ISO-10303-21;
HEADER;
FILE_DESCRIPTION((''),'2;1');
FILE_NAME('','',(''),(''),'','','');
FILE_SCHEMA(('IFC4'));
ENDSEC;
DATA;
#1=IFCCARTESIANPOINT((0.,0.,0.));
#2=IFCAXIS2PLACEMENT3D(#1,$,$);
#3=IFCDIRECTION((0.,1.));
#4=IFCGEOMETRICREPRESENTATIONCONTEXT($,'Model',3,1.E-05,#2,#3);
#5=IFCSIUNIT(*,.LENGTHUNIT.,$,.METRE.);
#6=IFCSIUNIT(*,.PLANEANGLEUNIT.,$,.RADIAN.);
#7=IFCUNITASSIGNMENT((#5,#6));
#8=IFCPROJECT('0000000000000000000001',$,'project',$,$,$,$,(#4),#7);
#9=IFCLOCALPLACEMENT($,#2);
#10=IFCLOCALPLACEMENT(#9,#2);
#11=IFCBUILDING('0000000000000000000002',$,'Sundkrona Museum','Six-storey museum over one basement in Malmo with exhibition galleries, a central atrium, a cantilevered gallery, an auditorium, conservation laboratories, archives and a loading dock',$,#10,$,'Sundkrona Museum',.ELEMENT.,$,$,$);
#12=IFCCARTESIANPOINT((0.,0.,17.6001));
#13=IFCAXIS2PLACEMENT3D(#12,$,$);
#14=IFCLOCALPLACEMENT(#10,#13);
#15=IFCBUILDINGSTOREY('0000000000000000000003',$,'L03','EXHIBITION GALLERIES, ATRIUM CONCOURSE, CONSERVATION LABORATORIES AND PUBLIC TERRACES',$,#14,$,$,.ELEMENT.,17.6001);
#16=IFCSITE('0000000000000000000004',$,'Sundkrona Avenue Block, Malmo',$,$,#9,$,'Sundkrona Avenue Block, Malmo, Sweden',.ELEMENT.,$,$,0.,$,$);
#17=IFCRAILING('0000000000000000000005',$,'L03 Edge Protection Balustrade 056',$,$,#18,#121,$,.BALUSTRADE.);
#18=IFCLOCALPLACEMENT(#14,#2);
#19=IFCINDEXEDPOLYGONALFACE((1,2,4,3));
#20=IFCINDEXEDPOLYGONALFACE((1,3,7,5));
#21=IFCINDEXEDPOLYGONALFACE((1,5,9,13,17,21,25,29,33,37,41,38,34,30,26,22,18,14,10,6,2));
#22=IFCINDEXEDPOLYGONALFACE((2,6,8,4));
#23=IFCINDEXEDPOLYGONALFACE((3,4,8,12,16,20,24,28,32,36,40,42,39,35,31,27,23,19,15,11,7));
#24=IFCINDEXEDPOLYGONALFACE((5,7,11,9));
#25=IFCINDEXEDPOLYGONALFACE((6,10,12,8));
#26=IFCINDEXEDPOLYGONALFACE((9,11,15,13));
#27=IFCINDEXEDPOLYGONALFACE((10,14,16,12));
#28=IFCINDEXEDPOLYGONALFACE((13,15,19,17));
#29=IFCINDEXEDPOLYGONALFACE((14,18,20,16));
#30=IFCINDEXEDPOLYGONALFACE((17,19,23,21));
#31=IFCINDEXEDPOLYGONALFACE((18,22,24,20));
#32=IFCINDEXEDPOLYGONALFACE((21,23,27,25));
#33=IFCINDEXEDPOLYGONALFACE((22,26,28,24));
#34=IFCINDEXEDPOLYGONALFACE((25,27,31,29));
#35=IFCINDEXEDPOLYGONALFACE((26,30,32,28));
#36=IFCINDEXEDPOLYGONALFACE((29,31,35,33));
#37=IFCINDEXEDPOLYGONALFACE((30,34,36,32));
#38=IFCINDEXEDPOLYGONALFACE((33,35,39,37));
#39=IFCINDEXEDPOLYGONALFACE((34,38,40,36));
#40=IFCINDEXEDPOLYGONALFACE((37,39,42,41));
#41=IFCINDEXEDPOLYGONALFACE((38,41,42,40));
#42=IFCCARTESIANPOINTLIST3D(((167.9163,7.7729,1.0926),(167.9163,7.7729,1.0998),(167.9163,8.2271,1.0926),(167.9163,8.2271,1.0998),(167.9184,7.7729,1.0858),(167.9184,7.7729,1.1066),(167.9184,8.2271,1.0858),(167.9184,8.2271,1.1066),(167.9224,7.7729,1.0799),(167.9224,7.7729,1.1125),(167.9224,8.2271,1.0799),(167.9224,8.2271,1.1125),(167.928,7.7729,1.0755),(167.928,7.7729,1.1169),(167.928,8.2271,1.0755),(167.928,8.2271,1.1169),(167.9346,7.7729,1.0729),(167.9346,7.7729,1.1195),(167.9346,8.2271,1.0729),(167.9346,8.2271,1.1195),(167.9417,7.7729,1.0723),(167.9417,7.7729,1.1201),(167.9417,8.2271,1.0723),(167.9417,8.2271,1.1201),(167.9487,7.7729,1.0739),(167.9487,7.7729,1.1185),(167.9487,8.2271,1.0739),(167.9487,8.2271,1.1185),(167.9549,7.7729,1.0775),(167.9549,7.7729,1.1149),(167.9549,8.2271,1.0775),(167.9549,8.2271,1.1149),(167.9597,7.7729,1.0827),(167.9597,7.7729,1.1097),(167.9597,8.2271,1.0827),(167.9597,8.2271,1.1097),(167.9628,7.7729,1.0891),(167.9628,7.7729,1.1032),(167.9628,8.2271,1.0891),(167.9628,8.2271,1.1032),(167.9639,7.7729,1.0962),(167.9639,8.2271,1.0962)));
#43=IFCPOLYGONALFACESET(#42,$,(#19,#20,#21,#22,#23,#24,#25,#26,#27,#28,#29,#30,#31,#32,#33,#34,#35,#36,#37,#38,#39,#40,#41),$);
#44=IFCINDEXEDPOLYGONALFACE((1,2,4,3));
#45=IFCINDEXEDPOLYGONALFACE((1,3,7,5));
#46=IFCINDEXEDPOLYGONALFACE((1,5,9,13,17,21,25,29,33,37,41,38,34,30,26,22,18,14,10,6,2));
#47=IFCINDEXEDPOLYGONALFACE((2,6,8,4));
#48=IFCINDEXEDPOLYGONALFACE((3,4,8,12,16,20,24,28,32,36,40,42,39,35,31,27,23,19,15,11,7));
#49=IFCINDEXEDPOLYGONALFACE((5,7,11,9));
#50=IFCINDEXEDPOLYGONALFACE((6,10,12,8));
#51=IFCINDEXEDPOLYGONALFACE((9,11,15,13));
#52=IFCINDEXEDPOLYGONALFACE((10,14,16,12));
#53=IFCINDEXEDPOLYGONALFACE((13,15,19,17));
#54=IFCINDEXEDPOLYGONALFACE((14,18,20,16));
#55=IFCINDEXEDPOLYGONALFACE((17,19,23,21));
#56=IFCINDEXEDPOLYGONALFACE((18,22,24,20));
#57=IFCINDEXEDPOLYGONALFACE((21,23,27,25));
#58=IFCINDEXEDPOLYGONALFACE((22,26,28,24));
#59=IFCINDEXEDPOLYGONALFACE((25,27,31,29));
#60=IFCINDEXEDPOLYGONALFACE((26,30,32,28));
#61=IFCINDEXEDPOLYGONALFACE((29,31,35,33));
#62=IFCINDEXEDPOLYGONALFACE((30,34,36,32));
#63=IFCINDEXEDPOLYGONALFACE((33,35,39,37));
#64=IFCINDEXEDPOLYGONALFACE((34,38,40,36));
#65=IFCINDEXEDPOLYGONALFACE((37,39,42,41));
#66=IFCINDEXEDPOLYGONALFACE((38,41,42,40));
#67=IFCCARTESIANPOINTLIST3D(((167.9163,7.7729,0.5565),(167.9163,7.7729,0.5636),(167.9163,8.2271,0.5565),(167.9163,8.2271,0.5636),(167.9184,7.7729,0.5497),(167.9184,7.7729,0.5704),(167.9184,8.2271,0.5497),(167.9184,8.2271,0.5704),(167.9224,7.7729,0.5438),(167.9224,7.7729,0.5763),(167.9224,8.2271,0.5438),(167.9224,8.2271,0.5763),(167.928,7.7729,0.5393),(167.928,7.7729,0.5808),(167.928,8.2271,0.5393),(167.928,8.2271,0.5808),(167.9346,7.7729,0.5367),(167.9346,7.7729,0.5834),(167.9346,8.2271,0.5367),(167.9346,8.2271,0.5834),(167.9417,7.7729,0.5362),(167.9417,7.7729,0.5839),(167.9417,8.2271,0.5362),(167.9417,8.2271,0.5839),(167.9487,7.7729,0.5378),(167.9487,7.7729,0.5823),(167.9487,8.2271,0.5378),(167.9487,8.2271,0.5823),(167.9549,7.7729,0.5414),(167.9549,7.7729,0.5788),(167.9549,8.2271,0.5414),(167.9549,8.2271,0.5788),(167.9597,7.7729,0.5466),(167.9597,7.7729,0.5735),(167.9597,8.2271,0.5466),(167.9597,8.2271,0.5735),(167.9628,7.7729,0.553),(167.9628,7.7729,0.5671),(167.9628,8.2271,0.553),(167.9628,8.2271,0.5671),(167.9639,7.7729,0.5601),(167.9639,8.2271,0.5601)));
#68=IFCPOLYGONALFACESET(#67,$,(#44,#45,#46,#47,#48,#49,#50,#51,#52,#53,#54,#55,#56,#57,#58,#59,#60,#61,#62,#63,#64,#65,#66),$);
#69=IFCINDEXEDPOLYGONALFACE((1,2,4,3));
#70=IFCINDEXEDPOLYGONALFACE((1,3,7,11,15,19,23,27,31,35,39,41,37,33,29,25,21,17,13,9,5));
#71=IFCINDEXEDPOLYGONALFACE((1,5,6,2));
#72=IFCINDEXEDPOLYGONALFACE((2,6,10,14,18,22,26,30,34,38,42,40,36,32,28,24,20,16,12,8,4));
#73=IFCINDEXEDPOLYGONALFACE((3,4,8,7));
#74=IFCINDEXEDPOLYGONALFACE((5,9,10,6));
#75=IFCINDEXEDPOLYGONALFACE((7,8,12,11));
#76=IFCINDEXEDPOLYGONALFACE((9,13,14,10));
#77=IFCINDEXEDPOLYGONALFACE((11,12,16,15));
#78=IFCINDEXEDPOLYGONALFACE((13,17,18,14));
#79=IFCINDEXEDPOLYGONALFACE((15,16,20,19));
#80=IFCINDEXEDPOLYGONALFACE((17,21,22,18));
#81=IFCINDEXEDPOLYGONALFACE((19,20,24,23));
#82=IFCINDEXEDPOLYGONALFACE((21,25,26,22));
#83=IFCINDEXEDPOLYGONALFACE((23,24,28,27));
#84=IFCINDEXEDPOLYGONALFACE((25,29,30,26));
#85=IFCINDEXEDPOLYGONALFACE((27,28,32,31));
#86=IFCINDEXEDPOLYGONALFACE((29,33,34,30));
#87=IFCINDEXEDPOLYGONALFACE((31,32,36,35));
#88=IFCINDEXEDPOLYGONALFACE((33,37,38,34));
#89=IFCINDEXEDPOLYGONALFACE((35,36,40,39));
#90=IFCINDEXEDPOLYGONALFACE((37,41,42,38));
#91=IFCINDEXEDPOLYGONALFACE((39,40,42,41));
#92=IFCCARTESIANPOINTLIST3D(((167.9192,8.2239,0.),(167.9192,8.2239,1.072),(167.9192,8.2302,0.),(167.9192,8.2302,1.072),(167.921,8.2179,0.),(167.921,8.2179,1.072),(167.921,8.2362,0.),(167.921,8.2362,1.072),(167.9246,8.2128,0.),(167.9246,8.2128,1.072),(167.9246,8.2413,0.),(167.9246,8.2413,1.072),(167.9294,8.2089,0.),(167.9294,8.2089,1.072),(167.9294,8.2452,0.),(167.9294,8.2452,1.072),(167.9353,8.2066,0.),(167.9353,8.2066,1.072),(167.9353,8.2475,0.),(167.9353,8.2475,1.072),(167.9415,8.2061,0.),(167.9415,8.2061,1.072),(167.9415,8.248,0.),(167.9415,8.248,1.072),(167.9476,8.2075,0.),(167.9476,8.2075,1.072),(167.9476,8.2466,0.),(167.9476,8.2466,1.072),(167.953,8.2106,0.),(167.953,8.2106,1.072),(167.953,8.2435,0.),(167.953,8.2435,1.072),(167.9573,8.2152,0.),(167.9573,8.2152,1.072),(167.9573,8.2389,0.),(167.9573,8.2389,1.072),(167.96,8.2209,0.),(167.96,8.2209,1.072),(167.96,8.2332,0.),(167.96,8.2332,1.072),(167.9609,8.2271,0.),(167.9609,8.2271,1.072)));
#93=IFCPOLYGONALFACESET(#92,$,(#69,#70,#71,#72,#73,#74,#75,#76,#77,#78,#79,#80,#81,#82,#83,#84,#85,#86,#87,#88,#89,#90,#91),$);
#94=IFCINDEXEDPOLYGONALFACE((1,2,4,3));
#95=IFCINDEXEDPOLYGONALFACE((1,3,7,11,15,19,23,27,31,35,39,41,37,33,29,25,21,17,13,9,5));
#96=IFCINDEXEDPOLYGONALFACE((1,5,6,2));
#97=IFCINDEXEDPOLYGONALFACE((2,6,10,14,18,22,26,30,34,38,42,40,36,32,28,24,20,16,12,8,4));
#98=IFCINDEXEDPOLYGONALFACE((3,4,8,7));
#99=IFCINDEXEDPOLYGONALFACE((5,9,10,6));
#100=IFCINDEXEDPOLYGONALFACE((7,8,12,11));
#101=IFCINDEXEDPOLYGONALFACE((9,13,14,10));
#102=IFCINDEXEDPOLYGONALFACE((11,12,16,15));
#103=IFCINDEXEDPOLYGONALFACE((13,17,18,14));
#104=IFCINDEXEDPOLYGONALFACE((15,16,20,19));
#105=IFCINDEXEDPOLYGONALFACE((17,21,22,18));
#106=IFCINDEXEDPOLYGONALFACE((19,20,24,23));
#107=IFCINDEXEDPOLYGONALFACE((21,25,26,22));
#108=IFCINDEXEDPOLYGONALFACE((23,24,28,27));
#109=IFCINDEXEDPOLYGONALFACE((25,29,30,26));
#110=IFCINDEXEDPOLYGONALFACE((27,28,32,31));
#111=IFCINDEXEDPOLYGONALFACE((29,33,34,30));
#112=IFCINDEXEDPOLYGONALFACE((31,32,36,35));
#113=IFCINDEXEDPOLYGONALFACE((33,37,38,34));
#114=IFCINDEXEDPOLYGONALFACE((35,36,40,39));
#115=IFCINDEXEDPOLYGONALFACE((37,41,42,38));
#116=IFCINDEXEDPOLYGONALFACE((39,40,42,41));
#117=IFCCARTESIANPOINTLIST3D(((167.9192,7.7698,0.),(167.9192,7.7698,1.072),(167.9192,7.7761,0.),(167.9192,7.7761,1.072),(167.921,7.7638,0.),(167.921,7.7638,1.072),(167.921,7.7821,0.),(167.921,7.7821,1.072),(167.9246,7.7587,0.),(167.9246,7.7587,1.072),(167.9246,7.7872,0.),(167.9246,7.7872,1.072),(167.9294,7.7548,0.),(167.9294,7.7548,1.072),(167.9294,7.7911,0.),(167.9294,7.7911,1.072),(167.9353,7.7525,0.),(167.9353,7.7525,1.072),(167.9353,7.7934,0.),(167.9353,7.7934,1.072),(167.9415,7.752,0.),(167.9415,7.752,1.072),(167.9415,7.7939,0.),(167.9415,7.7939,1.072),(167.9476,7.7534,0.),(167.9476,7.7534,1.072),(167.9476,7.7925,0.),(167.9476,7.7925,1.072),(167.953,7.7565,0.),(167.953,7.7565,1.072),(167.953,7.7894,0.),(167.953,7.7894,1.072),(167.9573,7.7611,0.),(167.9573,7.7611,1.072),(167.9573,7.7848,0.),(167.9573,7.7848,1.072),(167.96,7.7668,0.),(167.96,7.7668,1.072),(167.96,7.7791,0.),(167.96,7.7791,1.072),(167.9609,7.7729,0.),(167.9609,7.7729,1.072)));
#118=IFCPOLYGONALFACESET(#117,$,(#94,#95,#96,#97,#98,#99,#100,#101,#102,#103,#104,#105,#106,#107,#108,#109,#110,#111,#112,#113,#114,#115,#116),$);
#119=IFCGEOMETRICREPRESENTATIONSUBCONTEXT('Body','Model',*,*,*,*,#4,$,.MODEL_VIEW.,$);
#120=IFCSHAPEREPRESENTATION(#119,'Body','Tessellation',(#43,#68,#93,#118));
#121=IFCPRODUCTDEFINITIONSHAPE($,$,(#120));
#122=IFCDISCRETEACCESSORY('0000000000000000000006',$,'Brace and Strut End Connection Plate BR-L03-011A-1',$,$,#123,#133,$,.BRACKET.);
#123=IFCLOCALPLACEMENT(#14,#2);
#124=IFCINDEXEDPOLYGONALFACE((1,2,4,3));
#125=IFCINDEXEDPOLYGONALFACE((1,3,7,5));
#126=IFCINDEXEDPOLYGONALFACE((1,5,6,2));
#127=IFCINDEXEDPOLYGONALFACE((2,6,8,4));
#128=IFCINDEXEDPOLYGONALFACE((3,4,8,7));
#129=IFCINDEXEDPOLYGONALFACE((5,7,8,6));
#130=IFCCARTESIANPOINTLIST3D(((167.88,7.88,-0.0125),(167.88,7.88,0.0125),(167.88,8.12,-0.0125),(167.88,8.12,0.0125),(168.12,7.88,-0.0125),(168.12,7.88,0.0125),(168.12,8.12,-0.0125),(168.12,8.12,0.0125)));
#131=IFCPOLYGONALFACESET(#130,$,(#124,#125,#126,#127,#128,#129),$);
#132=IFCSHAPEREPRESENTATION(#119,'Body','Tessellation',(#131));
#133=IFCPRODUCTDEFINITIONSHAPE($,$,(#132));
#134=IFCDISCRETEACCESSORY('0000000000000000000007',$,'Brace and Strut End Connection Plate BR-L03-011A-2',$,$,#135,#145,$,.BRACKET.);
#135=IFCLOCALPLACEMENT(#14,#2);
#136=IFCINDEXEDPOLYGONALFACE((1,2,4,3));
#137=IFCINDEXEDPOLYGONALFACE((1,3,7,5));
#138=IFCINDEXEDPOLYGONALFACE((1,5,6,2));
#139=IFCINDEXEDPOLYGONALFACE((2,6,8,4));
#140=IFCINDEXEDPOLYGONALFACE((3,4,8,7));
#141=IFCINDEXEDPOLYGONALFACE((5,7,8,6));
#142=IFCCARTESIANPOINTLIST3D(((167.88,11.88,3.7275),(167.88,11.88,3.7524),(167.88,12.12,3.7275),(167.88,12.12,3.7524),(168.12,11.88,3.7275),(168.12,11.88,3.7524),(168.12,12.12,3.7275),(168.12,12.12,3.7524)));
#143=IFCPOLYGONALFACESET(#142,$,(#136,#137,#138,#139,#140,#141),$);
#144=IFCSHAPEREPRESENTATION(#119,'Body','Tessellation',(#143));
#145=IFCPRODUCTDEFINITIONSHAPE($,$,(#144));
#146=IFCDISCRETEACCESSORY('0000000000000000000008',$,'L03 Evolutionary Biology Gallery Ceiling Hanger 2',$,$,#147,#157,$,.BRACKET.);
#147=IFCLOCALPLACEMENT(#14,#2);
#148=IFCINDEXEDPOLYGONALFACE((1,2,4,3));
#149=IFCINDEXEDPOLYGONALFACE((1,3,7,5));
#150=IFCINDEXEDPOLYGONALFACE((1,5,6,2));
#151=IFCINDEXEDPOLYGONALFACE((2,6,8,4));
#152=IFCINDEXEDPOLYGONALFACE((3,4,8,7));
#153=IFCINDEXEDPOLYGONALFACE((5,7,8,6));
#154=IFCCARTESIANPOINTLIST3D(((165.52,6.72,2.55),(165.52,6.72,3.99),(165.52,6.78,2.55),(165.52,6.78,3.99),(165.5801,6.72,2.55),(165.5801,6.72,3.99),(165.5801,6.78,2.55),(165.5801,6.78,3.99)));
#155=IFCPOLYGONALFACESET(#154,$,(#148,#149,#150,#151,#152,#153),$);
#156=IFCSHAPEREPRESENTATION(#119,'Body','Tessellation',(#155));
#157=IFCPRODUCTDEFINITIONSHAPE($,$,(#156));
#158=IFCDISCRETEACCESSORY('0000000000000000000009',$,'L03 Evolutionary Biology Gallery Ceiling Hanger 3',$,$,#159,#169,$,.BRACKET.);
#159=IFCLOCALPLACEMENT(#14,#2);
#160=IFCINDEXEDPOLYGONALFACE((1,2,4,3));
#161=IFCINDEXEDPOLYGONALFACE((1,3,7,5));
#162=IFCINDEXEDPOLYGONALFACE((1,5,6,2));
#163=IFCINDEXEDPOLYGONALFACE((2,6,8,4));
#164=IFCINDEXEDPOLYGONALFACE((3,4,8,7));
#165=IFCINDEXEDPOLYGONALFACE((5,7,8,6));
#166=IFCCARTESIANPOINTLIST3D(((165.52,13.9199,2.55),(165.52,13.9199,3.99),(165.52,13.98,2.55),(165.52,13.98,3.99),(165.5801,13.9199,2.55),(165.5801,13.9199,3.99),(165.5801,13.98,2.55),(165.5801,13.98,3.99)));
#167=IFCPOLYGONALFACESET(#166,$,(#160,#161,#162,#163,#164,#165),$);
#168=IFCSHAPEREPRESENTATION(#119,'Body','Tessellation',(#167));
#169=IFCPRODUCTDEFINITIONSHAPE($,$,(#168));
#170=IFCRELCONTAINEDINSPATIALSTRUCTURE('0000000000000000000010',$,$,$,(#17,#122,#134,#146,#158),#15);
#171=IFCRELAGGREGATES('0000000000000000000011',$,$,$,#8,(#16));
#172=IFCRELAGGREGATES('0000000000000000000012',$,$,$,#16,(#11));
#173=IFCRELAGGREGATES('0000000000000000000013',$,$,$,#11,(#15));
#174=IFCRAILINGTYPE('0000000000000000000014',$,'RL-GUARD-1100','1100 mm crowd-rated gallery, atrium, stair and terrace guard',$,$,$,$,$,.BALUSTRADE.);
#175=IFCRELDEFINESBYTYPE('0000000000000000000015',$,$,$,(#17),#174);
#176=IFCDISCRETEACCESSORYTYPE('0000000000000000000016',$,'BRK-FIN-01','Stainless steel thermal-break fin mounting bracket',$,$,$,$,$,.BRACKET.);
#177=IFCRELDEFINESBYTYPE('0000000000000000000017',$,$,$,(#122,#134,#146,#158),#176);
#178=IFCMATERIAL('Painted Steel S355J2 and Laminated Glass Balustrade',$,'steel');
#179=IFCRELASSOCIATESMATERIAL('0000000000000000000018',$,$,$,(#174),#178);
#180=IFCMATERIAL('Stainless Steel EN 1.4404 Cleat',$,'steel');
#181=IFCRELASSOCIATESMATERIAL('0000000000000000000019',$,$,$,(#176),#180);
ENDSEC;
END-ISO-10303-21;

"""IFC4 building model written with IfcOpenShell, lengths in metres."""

from ifc_helpers import new_model, si_unit, direction, frame, origin, origin_2d, place, context, subcontext, project, spatial, rectangle, circle, extrude, material, type_object, element, save


model = new_model("IFC4")

# Units and contexts
model_context = context("Model", 3, precision=1e-05, world=origin(), true_north=direction((0.0, 1.0)))
body_context = subcontext(model_context, "Body", "Model", "MODEL_VIEW")
ifc_project = project(units=[si_unit("LENGTHUNIT", "METRE"), si_unit("PLANEANGLEUNIT", "RADIAN")], contexts=[model_context])

# Site, building, storey
site_placement = place(None, origin())
site = spatial("IfcSite", under=ifc_project, at=site_placement, Name="Sundkrona Avenue Block, Malmo", LongName="Sundkrona Avenue Block, Malmo, Sweden", CompositionType="ELEMENT", RefElevation=0.0)
building_placement = place(site_placement, origin())
building = spatial("IfcBuilding", under=site, at=building_placement, Name="Sundkrona Museum", Description="Six-storey museum over one basement in Malmo with exhibition galleries, a central atrium, a cantilevered gallery, an auditorium, conservation laboratories, archives and a loading dock", LongName="Sundkrona Museum", CompositionType="ELEMENT")
storey_placement = place(building_placement, frame((0.0, 0.0, 17.6001)))
storey = spatial("IfcBuildingStorey", under=building, at=storey_placement, Name="L03", Description="EXHIBITION GALLERIES, ATRIUM CONCOURSE, CONSERVATION LABORATORIES AND PUBLIC TERRACES", CompositionType="ELEMENT", Elevation=17.6001)

# Railing
ifc_material_1 = material(Name="Painted Steel S355J2 and Laminated Glass Balustrade", Category="steel")
railing_type = type_object("IfcRailingType", Name="RL-GUARD-1100", Description="1100 mm crowd-rated gallery, atrium, stair and terrace guard", PredefinedType="BALUSTRADE", material=ifc_material_1)
railing_placement = place(storey_placement, frame((167.9399, 8.2271, 0.0)))
element("IfcRailing", 1, at=railing_placement, inside=storey, type_object=railing_type, Name="L03 Edge Protection Balustrade 056", PredefinedType="BALUSTRADE", context=body_context, shape_type="SweptSolid", body=[
    extrude(circle(Radius=0.0239, at=origin_2d()), frame((0.0, 0.0, 1.0962), z_axis=(0.0, -1.0, 0.0), x_axis=(1.0, 0.0, 0.0)), (0.0, 0.0, 1.0), 0.4541),
    extrude(circle(Radius=0.0239, at=origin_2d()), frame((0.0, 0.0, 0.5601), z_axis=(0.0, -1.0, 0.0), x_axis=(1.0, 0.0, 0.0)), (0.0, 0.0, 1.0), 0.4541),
    extrude(circle(Radius=0.021, at=origin_2d()), origin(), (0.0, 0.0, 1.0), 1.072),
    extrude(circle(Radius=0.021, at=origin_2d()), frame((0.0, -0.4541, 0.0)), (0.0, 0.0, 1.0), 1.072),
])

# Discrete accessories
ifc_material_2 = material(Name="Stainless Steel EN 1.4404 Cleat", Category="steel")
discrete_accessory_type = type_object("IfcDiscreteAccessoryType", Name="BRK-FIN-01", Description="Stainless steel thermal-break fin mounting bracket", PredefinedType="BRACKET", material=ifc_material_2)
for number, where, z_axis, x_axis, name in (
    (2, (168.0, 8.0, -0.0125), (0.0, 0.0, 1.0), (1.0, 0.0, 0.0), "Brace and Strut End Connection Plate BR-L03-011A-1"),
    (3, (168.0, 12.0, 3.7275), (0.0, 0.0, 1.0), (1.0, 0.0, 0.0), "Brace and Strut End Connection Plate BR-L03-011A-2"),
):
    element("IfcDiscreteAccessory", number, at=place(storey_placement, frame(where, z_axis=z_axis, x_axis=x_axis)), inside=storey, type_object=discrete_accessory_type, Name=name, PredefinedType="BRACKET", context=body_context, shape_type="SweptSolid", body=[
        extrude(rectangle(XDim=0.24, YDim=0.24, at=origin_2d()), origin(), (0.0, 0.0, 1.0), 0.0249),
    ])
for number, where, z_axis, x_axis, name in (
    (4, (165.55, 6.75, 2.55), (0.0, 0.0, 1.0), (1.0, 0.0, 0.0), "L03 Evolutionary Biology Gallery Ceiling Hanger 2"),
    (5, (165.55, 13.95, 2.55), (0.0, 0.0, 1.0), (1.0, 0.0, 0.0), "L03 Evolutionary Biology Gallery Ceiling Hanger 3"),
):
    element("IfcDiscreteAccessory", number, at=place(storey_placement, frame(where, z_axis=z_axis, x_axis=x_axis)), inside=storey, type_object=discrete_accessory_type, Name=name, PredefinedType="BRACKET", context=body_context, shape_type="SweptSolid", body=[
        extrude(rectangle(XDim=0.0601, YDim=0.0601, at=origin_2d()), origin(), (0.0, 0.0, 1.0), 1.4399),
    ])

save(model, "model.ifc")
